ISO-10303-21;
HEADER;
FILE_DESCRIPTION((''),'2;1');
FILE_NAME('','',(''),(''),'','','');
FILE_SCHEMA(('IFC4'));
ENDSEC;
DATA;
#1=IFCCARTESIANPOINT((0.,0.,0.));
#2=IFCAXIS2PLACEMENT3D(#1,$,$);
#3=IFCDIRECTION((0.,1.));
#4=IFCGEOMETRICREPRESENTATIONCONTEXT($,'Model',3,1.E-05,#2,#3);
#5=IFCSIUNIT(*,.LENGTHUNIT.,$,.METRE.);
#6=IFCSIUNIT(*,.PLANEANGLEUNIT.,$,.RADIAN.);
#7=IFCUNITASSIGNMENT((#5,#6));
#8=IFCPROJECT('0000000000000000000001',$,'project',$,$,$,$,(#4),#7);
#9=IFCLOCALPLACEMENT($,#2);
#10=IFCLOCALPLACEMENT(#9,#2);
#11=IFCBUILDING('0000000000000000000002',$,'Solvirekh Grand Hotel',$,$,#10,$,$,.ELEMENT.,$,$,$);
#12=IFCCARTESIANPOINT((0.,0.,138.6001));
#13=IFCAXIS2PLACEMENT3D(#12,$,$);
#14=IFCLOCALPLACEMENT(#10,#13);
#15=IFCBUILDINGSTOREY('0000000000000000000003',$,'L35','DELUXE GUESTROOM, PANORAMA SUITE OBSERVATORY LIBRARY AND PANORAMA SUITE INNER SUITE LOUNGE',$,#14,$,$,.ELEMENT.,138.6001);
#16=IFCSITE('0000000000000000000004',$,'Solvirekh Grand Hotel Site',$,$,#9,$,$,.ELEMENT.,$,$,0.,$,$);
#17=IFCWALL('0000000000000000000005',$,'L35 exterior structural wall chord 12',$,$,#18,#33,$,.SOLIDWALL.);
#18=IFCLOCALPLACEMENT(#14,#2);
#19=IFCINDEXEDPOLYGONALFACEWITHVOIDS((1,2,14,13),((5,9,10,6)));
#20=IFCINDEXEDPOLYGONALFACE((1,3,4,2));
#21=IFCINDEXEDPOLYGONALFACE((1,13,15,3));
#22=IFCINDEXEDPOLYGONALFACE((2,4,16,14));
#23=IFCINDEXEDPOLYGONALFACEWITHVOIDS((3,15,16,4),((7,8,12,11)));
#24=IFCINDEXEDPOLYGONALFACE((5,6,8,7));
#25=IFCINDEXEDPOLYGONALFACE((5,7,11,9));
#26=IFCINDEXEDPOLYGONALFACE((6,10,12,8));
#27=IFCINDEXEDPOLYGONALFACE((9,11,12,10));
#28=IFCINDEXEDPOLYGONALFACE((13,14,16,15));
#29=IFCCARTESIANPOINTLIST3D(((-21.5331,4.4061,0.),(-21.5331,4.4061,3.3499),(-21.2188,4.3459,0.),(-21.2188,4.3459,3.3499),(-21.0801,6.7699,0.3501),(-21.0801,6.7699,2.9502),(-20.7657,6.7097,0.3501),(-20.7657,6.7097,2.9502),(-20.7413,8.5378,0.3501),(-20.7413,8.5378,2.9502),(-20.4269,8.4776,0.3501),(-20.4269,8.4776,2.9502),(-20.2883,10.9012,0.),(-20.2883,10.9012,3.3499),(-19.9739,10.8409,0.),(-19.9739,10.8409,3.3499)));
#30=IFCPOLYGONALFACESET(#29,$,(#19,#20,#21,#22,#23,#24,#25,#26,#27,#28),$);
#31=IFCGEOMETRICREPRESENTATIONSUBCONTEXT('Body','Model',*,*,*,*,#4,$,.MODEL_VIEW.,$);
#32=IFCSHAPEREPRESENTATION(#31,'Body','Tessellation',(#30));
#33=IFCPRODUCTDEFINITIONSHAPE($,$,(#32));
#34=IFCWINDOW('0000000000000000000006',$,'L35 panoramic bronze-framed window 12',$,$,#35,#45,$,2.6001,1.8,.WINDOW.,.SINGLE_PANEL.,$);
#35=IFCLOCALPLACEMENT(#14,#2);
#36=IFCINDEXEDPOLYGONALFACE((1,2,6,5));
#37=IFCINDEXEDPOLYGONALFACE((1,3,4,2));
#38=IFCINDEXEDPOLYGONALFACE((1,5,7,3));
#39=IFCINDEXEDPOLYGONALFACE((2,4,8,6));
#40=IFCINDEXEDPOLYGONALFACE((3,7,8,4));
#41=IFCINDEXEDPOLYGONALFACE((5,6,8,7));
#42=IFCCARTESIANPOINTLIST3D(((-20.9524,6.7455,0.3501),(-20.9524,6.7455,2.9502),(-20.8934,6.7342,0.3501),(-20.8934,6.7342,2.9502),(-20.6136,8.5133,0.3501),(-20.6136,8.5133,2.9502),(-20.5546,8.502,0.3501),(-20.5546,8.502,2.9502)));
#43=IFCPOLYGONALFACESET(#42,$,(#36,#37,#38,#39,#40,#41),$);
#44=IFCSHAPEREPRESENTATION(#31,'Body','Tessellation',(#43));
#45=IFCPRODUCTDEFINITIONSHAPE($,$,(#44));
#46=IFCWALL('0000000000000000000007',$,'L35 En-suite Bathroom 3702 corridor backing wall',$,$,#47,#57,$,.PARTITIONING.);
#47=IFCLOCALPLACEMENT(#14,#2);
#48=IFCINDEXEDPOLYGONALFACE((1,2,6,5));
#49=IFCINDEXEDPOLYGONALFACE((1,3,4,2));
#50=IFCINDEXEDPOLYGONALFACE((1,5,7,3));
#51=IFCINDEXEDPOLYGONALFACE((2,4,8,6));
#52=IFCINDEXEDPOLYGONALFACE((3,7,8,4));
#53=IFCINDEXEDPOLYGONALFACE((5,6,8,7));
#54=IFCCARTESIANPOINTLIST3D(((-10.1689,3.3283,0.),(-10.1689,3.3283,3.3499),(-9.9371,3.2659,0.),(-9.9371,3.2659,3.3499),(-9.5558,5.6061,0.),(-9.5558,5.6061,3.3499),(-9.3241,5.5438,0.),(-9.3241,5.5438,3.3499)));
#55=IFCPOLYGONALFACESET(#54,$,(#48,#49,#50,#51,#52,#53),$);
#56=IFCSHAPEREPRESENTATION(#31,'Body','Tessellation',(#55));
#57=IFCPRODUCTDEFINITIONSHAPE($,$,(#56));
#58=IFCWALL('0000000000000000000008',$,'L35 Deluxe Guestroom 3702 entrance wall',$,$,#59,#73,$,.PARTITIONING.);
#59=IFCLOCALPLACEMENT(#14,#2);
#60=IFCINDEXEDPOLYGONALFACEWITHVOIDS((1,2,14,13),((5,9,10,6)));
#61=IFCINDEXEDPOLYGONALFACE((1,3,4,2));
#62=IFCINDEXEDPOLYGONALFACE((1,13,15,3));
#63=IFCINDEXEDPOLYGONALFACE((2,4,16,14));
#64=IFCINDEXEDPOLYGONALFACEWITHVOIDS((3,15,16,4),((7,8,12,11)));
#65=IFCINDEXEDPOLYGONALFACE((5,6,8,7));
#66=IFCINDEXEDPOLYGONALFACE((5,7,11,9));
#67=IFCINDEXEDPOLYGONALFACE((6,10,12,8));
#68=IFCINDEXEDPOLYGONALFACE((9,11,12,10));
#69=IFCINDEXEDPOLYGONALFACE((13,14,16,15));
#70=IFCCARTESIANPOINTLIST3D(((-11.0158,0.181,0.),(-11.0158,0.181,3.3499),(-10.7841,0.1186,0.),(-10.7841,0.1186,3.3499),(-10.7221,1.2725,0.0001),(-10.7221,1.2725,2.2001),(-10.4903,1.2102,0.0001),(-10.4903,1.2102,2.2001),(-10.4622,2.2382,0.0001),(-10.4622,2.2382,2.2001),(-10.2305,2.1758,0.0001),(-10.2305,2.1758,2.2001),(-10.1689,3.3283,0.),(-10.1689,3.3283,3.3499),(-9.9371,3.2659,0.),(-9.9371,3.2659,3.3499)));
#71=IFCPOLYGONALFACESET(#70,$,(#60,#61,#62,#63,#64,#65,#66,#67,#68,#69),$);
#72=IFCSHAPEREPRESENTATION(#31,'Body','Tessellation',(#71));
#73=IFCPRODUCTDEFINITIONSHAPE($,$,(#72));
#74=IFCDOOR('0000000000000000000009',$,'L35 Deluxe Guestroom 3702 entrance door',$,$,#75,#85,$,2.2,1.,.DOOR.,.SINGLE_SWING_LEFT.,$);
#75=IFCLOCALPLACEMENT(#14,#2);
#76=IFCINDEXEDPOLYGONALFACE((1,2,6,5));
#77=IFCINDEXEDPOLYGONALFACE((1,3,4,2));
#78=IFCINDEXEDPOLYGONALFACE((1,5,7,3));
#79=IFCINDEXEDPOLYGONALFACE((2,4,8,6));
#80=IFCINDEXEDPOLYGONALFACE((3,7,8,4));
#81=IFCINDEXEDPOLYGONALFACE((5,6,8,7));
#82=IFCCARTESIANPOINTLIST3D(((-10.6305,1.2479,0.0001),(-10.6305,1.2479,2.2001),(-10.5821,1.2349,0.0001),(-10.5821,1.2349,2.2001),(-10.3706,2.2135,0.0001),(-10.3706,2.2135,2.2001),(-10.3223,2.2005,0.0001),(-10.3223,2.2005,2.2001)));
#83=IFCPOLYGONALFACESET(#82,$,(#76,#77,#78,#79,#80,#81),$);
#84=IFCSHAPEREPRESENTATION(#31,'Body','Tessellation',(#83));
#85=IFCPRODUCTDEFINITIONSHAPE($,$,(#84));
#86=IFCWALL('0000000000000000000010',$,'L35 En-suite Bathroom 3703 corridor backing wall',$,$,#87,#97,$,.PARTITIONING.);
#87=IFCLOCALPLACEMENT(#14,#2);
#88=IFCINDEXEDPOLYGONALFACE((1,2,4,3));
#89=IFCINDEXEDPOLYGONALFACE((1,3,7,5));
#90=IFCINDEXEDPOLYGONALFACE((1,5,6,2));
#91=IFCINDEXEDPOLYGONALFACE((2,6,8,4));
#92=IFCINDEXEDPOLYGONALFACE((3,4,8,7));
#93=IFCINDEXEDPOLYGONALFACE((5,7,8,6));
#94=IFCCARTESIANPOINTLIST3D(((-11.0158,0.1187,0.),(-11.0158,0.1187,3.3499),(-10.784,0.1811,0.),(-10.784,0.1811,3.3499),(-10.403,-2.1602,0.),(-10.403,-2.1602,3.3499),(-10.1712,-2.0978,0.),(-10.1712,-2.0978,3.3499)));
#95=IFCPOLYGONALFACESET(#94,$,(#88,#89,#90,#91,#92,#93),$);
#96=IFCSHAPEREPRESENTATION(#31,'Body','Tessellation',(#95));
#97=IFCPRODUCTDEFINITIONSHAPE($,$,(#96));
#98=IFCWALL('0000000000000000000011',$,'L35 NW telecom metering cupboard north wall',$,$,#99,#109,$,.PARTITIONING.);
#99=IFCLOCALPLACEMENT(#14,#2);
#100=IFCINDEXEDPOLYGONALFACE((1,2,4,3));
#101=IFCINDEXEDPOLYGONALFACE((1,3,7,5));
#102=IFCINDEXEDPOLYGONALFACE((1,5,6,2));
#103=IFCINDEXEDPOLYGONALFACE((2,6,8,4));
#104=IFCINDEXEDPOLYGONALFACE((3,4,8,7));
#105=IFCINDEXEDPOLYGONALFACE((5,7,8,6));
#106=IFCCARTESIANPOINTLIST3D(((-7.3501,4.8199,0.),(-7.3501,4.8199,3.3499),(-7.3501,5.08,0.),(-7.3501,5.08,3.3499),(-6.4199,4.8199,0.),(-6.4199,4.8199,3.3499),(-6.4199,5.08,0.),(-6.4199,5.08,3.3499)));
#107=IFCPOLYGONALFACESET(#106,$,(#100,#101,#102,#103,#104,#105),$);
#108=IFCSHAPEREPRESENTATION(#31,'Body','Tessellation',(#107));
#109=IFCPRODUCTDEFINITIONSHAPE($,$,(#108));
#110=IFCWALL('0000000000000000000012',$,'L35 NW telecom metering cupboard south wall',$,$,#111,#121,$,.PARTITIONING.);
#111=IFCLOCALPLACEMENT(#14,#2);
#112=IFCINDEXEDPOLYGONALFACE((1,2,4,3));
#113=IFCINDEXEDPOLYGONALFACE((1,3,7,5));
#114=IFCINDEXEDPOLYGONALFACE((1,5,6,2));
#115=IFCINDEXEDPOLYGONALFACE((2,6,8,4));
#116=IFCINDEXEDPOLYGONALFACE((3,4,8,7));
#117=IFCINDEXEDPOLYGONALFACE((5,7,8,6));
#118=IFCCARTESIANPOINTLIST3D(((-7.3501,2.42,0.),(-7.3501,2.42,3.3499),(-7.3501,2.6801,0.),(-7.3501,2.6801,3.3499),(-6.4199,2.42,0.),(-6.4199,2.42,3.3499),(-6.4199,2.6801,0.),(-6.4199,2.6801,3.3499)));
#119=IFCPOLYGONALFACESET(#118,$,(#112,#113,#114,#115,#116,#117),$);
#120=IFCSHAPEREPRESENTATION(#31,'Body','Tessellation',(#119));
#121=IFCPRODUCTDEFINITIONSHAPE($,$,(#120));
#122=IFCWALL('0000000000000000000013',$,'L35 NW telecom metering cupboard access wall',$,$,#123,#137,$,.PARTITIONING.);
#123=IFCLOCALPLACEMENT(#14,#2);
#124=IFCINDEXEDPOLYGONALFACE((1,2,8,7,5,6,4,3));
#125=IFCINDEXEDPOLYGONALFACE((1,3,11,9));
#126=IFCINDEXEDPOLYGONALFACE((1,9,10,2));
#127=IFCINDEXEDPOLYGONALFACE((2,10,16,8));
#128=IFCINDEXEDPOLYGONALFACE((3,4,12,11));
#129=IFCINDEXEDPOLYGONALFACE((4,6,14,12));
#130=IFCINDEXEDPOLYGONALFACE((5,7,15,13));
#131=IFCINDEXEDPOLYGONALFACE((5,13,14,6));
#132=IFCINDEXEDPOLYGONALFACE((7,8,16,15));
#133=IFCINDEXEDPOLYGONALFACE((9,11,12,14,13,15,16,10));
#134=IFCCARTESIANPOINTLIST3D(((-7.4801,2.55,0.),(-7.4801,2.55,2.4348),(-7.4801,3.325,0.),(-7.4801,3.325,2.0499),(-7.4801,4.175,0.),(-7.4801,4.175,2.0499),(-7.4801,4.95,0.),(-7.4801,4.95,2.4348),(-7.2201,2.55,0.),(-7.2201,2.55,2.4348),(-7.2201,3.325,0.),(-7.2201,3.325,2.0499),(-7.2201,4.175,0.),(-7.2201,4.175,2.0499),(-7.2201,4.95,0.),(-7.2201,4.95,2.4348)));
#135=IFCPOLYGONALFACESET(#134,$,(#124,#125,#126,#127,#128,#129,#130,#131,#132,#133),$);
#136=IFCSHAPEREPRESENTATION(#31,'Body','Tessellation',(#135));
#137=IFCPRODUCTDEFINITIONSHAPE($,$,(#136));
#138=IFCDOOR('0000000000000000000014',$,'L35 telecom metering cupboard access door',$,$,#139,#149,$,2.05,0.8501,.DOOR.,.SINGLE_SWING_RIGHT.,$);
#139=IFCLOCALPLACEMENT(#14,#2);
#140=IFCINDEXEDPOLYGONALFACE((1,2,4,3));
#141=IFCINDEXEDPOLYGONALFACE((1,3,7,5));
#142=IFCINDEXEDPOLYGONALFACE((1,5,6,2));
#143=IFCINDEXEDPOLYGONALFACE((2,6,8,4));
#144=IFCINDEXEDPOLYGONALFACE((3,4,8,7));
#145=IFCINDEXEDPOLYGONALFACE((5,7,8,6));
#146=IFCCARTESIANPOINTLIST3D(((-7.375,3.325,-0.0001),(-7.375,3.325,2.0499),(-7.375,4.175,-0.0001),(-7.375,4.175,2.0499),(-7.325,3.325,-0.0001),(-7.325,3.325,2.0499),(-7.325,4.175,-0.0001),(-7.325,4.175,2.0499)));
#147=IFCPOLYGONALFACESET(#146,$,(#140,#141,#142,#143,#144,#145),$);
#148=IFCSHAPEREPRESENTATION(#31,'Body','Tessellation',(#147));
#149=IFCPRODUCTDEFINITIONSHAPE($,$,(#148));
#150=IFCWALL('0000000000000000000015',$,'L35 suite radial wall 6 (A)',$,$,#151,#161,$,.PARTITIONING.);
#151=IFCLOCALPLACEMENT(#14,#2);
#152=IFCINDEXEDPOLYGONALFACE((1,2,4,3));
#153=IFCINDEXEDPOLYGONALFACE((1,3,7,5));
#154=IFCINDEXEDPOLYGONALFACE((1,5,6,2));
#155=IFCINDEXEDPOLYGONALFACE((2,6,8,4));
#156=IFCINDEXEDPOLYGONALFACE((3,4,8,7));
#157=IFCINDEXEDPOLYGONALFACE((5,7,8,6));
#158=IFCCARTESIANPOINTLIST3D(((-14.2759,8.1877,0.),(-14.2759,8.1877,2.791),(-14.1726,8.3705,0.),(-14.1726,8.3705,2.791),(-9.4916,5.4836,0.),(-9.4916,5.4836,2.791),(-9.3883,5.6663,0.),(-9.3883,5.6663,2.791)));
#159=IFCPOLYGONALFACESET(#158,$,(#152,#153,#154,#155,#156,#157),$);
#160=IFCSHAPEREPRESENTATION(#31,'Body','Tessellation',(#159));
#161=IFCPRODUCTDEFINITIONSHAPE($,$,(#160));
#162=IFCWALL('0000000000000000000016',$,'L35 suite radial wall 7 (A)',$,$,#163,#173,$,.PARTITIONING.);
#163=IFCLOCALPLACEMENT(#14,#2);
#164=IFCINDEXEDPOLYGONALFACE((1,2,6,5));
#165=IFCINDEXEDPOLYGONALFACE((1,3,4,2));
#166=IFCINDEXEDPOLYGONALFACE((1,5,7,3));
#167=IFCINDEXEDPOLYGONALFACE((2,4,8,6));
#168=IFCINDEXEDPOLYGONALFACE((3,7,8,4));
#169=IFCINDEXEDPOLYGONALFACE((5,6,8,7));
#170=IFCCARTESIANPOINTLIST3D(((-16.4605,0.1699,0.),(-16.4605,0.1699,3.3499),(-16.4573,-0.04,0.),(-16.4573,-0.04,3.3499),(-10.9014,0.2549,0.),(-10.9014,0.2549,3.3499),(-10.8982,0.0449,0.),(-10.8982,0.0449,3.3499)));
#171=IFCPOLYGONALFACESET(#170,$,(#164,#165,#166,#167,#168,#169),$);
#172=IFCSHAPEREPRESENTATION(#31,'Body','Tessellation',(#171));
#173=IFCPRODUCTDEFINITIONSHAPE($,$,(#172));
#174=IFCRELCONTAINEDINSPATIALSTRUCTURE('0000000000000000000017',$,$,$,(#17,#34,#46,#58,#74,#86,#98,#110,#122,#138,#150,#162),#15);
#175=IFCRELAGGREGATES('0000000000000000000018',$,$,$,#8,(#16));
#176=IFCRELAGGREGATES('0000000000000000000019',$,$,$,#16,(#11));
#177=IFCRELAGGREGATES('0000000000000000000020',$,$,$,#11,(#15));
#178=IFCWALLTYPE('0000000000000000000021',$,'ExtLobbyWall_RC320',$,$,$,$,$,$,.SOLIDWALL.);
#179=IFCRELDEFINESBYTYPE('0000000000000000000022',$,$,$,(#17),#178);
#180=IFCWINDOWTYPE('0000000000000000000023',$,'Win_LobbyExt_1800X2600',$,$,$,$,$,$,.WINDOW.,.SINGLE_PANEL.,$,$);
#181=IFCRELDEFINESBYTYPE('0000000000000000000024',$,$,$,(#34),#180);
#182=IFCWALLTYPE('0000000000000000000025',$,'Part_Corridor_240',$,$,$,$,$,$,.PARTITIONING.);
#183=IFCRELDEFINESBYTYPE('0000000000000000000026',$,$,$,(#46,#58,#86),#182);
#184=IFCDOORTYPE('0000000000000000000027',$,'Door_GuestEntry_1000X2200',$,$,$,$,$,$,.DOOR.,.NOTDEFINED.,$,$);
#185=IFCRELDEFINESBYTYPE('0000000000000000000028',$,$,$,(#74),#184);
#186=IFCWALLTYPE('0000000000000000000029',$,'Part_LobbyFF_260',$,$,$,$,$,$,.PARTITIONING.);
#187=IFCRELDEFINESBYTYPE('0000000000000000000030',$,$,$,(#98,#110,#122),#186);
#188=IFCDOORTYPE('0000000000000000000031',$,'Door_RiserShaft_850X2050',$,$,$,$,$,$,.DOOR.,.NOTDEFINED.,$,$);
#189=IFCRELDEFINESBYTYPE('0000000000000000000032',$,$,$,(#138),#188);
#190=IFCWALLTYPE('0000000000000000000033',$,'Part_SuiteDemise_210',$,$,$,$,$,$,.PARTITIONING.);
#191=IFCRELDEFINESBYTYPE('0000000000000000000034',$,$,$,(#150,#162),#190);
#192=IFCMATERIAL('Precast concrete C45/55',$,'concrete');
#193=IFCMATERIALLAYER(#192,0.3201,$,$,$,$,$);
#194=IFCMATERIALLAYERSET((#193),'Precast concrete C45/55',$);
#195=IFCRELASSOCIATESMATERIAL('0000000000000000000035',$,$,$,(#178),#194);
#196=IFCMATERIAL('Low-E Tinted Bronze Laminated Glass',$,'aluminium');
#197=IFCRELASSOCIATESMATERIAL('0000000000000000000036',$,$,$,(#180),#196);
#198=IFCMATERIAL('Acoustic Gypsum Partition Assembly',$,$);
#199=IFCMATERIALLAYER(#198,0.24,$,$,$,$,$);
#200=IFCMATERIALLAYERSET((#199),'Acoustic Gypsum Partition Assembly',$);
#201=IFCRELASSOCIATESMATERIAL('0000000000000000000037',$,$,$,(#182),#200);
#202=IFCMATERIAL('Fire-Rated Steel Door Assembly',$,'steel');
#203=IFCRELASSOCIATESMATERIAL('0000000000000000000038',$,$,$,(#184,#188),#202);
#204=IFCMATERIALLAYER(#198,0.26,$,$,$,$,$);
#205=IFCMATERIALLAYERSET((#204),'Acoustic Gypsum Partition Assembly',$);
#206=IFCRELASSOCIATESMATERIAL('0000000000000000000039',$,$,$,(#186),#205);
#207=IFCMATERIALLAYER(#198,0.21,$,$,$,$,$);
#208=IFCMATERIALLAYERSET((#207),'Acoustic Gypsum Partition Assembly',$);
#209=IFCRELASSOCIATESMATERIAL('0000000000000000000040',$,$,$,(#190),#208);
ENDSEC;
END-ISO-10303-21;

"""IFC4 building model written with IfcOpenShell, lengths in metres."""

from ifc_helpers import new_model, si_unit, direction, frame, frame_2d, origin, place, context, subcontext, project, spatial, rectangle, extrude, material, layer, layer_set, type_object, element, fill, save


model = new_model("IFC4")

# Units and contexts
model_context = context("Model", 3, precision=1e-05, world=origin(), true_north=direction((0.0, 1.0)))
body_context = subcontext(model_context, "Body", "Model", "MODEL_VIEW")
ifc_project = project(units=[si_unit("LENGTHUNIT", "METRE"), si_unit("PLANEANGLEUNIT", "RADIAN")], contexts=[model_context])

# Site, building, storey
site_placement = place(None, origin())
site = spatial("IfcSite", under=ifc_project, at=site_placement, Name="Solvirekh Grand Hotel Site", CompositionType="ELEMENT", RefElevation=0.0)
building_placement = place(site_placement, origin())
building = spatial("IfcBuilding", under=site, at=building_placement, Name="Solvirekh Grand Hotel", CompositionType="ELEMENT")
storey_placement = place(building_placement, frame((0.0, 0.0, 138.6001)))
storey = spatial("IfcBuildingStorey", under=building, at=storey_placement, Name="L35", Description="DELUXE GUESTROOM, PANORAMA SUITE OBSERVATORY LIBRARY AND PANORAMA SUITE INNER SUITE LOUNGE", CompositionType="ELEMENT", Elevation=138.6001)

# Wall, opening, window
ifc_material_1 = material(Name="Precast concrete C45/55", Category="concrete")
ifc_layer_1 = layer(ifc_material_1, 0.3201)
ifc_layer_set_1 = layer_set([ifc_layer_1], Name="Precast concrete C45/55")
wall_type_1 = type_object("IfcWallType", Name="ExtLobbyWall_RC320", PredefinedType="SOLIDWALL", material=ifc_layer_set_1)
wall_1_placement = place(storey_placement, frame((-21.376, 4.376, 0.0), z_axis=(0.0, 0.0, 1.0), x_axis=(0.188237, 0.982124, 0.0)))
wall_1 = element("IfcWall", 1, at=wall_1_placement, inside=storey, type_object=wall_type_1, Name="L35 exterior structural wall chord 12", PredefinedType="SOLIDWALL", context=body_context, shape_type="SweptSolid", body=[
    extrude(rectangle(XDim=6.6133, YDim=0.3201, at=frame_2d((3.3066, 0.0))), origin(), (0.0, 0.0, 1.0), 3.3499),
])
opening_1_placement = place(wall_1_placement, frame((2.407, 0.0, 0.3501)))
opening_1 = element("IfcOpeningElement", 2, at=opening_1_placement, cuts=wall_1, PredefinedType="OPENING", context=body_context, shape_type="SweptSolid", body=[
    extrude(rectangle(XDim=1.8, YDim=2.6001, at=frame_2d((0.8999, 1.3))), frame((0.0, 0.1699, 0.0), z_axis=(0.0, -1.0, 0.0), x_axis=(1.0, 0.0, 0.0)), (0.0, 0.0, 1.0), 0.3401),
])
ifc_material_2 = material(Name="Low-E Tinted Bronze Laminated Glass", Category="aluminium")
window_type = type_object("IfcWindowType", Name="Win_LobbyExt_1800X2600", PartitioningType="SINGLE_PANEL", PredefinedType="WINDOW", material=ifc_material_2)
window_placement = place(opening_1_placement, origin())
window = element("IfcWindow", 3, at=window_placement, inside=storey, type_object=window_type, Name="L35 panoramic bronze-framed window 12", OverallHeight=2.6001, OverallWidth=1.8, PartitioningType="SINGLE_PANEL", PredefinedType="WINDOW", context=body_context, shape_type="SweptSolid", body=[
    extrude(rectangle(XDim=1.8, YDim=2.6001, at=frame_2d((0.8999, 1.3))), frame((0.0, 0.03, 0.0), z_axis=(0.0, -1.0, 0.0), x_axis=(1.0, 0.0, 0.0)), (0.0, 0.0, 1.0), 0.0601),
])
fill(opening_1, window)

# Wall
ifc_material_3 = material(Name="Acoustic Gypsum Partition Assembly")
ifc_layer_2 = layer(ifc_material_3, 0.24)
ifc_layer_set_2 = layer_set([ifc_layer_2], Name="Acoustic Gypsum Partition Assembly")
wall_type_2 = type_object("IfcWallType", Name="Part_Corridor_240", PredefinedType="PARTITIONING", material=ifc_layer_set_2)
wall_2_placement = place(storey_placement, frame((-9.4399, 5.575, 0.0), z_axis=(0.0, 0.0, 1.0), x_axis=(-0.259884, -0.96564, 0.0)))
element("IfcWall", 4, at=wall_2_placement, inside=storey, type_object=wall_type_2, Name="L35 En-suite Bathroom 3702 corridor backing wall", PredefinedType="PARTITIONING", context=body_context, shape_type="SweptSolid", body=[
    extrude(rectangle(XDim=2.3589, YDim=0.24, at=frame_2d((1.1794, 0.0))), origin(), (0.0, 0.0, 1.0), 3.3499),
])

# Wall, opening, door
wall_3_placement = place(storey_placement, frame((-10.053, 3.2971, 0.0), z_axis=(0.0, 0.0, 1.0), x_axis=(-0.259858, -0.965647, 0.0)))
wall_3 = element("IfcWall", 5, at=wall_3_placement, inside=storey, type_object=wall_type_2, Name="L35 Deluxe Guestroom 3702 entrance wall", PredefinedType="PARTITIONING", context=body_context, shape_type="SweptSolid", body=[
    extrude(rectangle(XDim=3.2593, YDim=0.24, at=frame_2d((1.6296, 0.0))), origin(), (0.0, 0.0, 1.0), 3.3499),
])
opening_2_placement = place(wall_3_placement, frame((1.1289, 0.0, 0.0)))
opening_2 = element("IfcOpeningElement", 6, at=opening_2_placement, cuts=wall_3, PredefinedType="OPENING", context=body_context, shape_type="SweptSolid", body=[
    extrude(rectangle(XDim=1.0, YDim=2.2, at=frame_2d((0.5, 1.1001))), frame((0.0, 0.1299, 0.0), z_axis=(0.0, -1.0, 0.0), x_axis=(1.0, 0.0, 0.0)), (0.0, 0.0, 1.0), 0.26),
])
ifc_material_4 = material(Name="Fire-Rated Steel Door Assembly", Category="steel")
door_type_1 = type_object("IfcDoorType", Name="Door_GuestEntry_1000X2200", OperationType="NOTDEFINED", PredefinedType="DOOR", material=ifc_material_4)
door_1_placement = place(opening_2_placement, origin())
door_1 = element("IfcDoor", 7, at=door_1_placement, inside=storey, type_object=door_type_1, Name="L35 Deluxe Guestroom 3702 entrance door", OperationType="SINGLE_SWING_LEFT", OverallHeight=2.2, OverallWidth=1.0, PredefinedType="DOOR", context=body_context, shape_type="SweptSolid", body=[
    extrude(rectangle(XDim=1.0, YDim=2.2, at=frame_2d((0.5, 1.1001))), frame((0.0, 0.0249, 0.0), z_axis=(0.0, -1.0, 0.0), x_axis=(1.0, 0.0, 0.0)), (0.0, 0.0, 1.0), 0.05),
])
fill(opening_2, door_1)

# Walls
wall_4_placement = place(storey_placement, frame((-10.8999, 0.1499, 0.0), z_axis=(0.0, 0.0, 1.0), x_axis=(0.259684, -0.965694, 0.0)))
element("IfcWall", 8, at=wall_4_placement, inside=storey, type_object=wall_type_2, Name="L35 En-suite Bathroom 3703 corridor backing wall", PredefinedType="PARTITIONING", context=body_context, shape_type="SweptSolid", body=[
    extrude(rectangle(XDim=2.3599, YDim=0.24, at=frame_2d((1.1799, 0.0))), origin(), (0.0, 0.0, 1.0), 3.3499),
])
ifc_layer_3 = layer(ifc_material_3, 0.26)
ifc_layer_set_3 = layer_set([ifc_layer_3], Name="Acoustic Gypsum Partition Assembly")
wall_type_3 = type_object("IfcWallType", Name="Part_LobbyFF_260", PredefinedType="PARTITIONING", material=ifc_layer_set_3)
for number, where, z_axis, x_axis, name in (
    (9, (-7.3501, 4.95, 0.0), (0.0, 0.0, 1.0), (1.0, 0.0, 0.0), "L35 NW telecom metering cupboard north wall"),
    (10, (-7.3501, 2.55, 0.0), (0.0, 0.0, 1.0), (1.0, 0.0, 0.0), "L35 NW telecom metering cupboard south wall"),
):
    element("IfcWall", number, at=place(storey_placement, frame(where, z_axis=z_axis, x_axis=x_axis)), inside=storey, type_object=wall_type_3, Name=name, PredefinedType="PARTITIONING", context=body_context, shape_type="SweptSolid", body=[
        extrude(rectangle(XDim=0.9302, YDim=0.26, at=frame_2d((0.4651, 0.0))), origin(), (0.0, 0.0, 1.0), 3.3499),
    ])

# Wall, opening, door
wall_5_placement = place(storey_placement, frame((-7.3501, 2.55, 0.0), z_axis=(0.0, 0.0, 1.0), x_axis=(0.0, 1.0, 0.0)))
wall_5 = element("IfcWall", 11, at=wall_5_placement, inside=storey, type_object=wall_type_3, Name="L35 NW telecom metering cupboard access wall", PredefinedType="PARTITIONING", context=body_context, shape_type="SweptSolid", body=[
    extrude(rectangle(XDim=2.3999, YDim=0.26, at=frame_2d((1.2, 0.0))), origin(), (0.0, 0.0, 1.0), 2.4348),
])
opening_3_placement = place(wall_5_placement, frame((0.7749, 0.0, 0.0)))
opening_3 = element("IfcOpeningElement", 12, at=opening_3_placement, cuts=wall_5, PredefinedType="OPENING", context=body_context, shape_type="SweptSolid", body=[
    extrude(rectangle(XDim=0.8501, YDim=2.05, at=frame_2d((0.425, 1.0249))), frame((0.0, 0.1401, 0.0), z_axis=(0.0, -1.0, 0.0), x_axis=(1.0, 0.0, 0.0)), (0.0, 0.0, 1.0), 0.28),
])
door_type_2 = type_object("IfcDoorType", Name="Door_RiserShaft_850X2050", OperationType="NOTDEFINED", PredefinedType="DOOR", material=ifc_material_4)
door_2_placement = place(opening_3_placement, origin())
door_2 = element("IfcDoor", 13, at=door_2_placement, inside=storey, type_object=door_type_2, Name="L35 telecom metering cupboard access door", OperationType="SINGLE_SWING_RIGHT", OverallHeight=2.05, OverallWidth=0.8501, PredefinedType="DOOR", context=body_context, shape_type="SweptSolid", body=[
    extrude(rectangle(XDim=0.8501, YDim=2.05, at=frame_2d((0.425, 1.0249))), frame((0.0, 0.0249, 0.0), z_axis=(0.0, -1.0, 0.0), x_axis=(1.0, 0.0, 0.0)), (0.0, 0.0, 1.0), 0.05),
])
fill(opening_3, door_2)

# Walls
ifc_layer_4 = layer(ifc_material_3, 0.21)
ifc_layer_set_4 = layer_set([ifc_layer_4], Name="Acoustic Gypsum Partition Assembly")
wall_type_4 = type_object("IfcWallType", Name="Part_SuiteDemise_210", PredefinedType="PARTITIONING", material=ifc_layer_set_4)
wall_6_placement = place(storey_placement, frame((-9.4399, 5.575, 0.0), z_axis=(0.0, 0.0, 1.0), x_axis=(-0.870563, 0.492057, 0.0)))
element("IfcWall", 14, at=wall_6_placement, inside=storey, type_object=wall_type_4, Name="L35 suite radial wall 6 (A)", PredefinedType="PARTITIONING", context=body_context, shape_type="SweptSolid", body=[
    extrude(rectangle(XDim=5.4956, YDim=0.21, at=frame_2d((2.7478, 0.0))), origin(), (0.0, 0.0, 1.0), 2.791),
])
wall_7_placement = place(storey_placement, frame((-10.8999, 0.1499, 0.0), z_axis=(0.0, 0.0, 1.0), x_axis=(-0.999883, -0.015281, 0.0)))
element("IfcWall", 15, at=wall_7_placement, inside=storey, type_object=wall_type_4, Name="L35 suite radial wall 7 (A)", PredefinedType="PARTITIONING", context=body_context, shape_type="SweptSolid", body=[
    extrude(rectangle(XDim=5.5598, YDim=0.21, at=frame_2d((2.7798, 0.0))), origin(), (0.0, 0.0, 1.0), 3.3499),
])

save(model, "model.ifc")
